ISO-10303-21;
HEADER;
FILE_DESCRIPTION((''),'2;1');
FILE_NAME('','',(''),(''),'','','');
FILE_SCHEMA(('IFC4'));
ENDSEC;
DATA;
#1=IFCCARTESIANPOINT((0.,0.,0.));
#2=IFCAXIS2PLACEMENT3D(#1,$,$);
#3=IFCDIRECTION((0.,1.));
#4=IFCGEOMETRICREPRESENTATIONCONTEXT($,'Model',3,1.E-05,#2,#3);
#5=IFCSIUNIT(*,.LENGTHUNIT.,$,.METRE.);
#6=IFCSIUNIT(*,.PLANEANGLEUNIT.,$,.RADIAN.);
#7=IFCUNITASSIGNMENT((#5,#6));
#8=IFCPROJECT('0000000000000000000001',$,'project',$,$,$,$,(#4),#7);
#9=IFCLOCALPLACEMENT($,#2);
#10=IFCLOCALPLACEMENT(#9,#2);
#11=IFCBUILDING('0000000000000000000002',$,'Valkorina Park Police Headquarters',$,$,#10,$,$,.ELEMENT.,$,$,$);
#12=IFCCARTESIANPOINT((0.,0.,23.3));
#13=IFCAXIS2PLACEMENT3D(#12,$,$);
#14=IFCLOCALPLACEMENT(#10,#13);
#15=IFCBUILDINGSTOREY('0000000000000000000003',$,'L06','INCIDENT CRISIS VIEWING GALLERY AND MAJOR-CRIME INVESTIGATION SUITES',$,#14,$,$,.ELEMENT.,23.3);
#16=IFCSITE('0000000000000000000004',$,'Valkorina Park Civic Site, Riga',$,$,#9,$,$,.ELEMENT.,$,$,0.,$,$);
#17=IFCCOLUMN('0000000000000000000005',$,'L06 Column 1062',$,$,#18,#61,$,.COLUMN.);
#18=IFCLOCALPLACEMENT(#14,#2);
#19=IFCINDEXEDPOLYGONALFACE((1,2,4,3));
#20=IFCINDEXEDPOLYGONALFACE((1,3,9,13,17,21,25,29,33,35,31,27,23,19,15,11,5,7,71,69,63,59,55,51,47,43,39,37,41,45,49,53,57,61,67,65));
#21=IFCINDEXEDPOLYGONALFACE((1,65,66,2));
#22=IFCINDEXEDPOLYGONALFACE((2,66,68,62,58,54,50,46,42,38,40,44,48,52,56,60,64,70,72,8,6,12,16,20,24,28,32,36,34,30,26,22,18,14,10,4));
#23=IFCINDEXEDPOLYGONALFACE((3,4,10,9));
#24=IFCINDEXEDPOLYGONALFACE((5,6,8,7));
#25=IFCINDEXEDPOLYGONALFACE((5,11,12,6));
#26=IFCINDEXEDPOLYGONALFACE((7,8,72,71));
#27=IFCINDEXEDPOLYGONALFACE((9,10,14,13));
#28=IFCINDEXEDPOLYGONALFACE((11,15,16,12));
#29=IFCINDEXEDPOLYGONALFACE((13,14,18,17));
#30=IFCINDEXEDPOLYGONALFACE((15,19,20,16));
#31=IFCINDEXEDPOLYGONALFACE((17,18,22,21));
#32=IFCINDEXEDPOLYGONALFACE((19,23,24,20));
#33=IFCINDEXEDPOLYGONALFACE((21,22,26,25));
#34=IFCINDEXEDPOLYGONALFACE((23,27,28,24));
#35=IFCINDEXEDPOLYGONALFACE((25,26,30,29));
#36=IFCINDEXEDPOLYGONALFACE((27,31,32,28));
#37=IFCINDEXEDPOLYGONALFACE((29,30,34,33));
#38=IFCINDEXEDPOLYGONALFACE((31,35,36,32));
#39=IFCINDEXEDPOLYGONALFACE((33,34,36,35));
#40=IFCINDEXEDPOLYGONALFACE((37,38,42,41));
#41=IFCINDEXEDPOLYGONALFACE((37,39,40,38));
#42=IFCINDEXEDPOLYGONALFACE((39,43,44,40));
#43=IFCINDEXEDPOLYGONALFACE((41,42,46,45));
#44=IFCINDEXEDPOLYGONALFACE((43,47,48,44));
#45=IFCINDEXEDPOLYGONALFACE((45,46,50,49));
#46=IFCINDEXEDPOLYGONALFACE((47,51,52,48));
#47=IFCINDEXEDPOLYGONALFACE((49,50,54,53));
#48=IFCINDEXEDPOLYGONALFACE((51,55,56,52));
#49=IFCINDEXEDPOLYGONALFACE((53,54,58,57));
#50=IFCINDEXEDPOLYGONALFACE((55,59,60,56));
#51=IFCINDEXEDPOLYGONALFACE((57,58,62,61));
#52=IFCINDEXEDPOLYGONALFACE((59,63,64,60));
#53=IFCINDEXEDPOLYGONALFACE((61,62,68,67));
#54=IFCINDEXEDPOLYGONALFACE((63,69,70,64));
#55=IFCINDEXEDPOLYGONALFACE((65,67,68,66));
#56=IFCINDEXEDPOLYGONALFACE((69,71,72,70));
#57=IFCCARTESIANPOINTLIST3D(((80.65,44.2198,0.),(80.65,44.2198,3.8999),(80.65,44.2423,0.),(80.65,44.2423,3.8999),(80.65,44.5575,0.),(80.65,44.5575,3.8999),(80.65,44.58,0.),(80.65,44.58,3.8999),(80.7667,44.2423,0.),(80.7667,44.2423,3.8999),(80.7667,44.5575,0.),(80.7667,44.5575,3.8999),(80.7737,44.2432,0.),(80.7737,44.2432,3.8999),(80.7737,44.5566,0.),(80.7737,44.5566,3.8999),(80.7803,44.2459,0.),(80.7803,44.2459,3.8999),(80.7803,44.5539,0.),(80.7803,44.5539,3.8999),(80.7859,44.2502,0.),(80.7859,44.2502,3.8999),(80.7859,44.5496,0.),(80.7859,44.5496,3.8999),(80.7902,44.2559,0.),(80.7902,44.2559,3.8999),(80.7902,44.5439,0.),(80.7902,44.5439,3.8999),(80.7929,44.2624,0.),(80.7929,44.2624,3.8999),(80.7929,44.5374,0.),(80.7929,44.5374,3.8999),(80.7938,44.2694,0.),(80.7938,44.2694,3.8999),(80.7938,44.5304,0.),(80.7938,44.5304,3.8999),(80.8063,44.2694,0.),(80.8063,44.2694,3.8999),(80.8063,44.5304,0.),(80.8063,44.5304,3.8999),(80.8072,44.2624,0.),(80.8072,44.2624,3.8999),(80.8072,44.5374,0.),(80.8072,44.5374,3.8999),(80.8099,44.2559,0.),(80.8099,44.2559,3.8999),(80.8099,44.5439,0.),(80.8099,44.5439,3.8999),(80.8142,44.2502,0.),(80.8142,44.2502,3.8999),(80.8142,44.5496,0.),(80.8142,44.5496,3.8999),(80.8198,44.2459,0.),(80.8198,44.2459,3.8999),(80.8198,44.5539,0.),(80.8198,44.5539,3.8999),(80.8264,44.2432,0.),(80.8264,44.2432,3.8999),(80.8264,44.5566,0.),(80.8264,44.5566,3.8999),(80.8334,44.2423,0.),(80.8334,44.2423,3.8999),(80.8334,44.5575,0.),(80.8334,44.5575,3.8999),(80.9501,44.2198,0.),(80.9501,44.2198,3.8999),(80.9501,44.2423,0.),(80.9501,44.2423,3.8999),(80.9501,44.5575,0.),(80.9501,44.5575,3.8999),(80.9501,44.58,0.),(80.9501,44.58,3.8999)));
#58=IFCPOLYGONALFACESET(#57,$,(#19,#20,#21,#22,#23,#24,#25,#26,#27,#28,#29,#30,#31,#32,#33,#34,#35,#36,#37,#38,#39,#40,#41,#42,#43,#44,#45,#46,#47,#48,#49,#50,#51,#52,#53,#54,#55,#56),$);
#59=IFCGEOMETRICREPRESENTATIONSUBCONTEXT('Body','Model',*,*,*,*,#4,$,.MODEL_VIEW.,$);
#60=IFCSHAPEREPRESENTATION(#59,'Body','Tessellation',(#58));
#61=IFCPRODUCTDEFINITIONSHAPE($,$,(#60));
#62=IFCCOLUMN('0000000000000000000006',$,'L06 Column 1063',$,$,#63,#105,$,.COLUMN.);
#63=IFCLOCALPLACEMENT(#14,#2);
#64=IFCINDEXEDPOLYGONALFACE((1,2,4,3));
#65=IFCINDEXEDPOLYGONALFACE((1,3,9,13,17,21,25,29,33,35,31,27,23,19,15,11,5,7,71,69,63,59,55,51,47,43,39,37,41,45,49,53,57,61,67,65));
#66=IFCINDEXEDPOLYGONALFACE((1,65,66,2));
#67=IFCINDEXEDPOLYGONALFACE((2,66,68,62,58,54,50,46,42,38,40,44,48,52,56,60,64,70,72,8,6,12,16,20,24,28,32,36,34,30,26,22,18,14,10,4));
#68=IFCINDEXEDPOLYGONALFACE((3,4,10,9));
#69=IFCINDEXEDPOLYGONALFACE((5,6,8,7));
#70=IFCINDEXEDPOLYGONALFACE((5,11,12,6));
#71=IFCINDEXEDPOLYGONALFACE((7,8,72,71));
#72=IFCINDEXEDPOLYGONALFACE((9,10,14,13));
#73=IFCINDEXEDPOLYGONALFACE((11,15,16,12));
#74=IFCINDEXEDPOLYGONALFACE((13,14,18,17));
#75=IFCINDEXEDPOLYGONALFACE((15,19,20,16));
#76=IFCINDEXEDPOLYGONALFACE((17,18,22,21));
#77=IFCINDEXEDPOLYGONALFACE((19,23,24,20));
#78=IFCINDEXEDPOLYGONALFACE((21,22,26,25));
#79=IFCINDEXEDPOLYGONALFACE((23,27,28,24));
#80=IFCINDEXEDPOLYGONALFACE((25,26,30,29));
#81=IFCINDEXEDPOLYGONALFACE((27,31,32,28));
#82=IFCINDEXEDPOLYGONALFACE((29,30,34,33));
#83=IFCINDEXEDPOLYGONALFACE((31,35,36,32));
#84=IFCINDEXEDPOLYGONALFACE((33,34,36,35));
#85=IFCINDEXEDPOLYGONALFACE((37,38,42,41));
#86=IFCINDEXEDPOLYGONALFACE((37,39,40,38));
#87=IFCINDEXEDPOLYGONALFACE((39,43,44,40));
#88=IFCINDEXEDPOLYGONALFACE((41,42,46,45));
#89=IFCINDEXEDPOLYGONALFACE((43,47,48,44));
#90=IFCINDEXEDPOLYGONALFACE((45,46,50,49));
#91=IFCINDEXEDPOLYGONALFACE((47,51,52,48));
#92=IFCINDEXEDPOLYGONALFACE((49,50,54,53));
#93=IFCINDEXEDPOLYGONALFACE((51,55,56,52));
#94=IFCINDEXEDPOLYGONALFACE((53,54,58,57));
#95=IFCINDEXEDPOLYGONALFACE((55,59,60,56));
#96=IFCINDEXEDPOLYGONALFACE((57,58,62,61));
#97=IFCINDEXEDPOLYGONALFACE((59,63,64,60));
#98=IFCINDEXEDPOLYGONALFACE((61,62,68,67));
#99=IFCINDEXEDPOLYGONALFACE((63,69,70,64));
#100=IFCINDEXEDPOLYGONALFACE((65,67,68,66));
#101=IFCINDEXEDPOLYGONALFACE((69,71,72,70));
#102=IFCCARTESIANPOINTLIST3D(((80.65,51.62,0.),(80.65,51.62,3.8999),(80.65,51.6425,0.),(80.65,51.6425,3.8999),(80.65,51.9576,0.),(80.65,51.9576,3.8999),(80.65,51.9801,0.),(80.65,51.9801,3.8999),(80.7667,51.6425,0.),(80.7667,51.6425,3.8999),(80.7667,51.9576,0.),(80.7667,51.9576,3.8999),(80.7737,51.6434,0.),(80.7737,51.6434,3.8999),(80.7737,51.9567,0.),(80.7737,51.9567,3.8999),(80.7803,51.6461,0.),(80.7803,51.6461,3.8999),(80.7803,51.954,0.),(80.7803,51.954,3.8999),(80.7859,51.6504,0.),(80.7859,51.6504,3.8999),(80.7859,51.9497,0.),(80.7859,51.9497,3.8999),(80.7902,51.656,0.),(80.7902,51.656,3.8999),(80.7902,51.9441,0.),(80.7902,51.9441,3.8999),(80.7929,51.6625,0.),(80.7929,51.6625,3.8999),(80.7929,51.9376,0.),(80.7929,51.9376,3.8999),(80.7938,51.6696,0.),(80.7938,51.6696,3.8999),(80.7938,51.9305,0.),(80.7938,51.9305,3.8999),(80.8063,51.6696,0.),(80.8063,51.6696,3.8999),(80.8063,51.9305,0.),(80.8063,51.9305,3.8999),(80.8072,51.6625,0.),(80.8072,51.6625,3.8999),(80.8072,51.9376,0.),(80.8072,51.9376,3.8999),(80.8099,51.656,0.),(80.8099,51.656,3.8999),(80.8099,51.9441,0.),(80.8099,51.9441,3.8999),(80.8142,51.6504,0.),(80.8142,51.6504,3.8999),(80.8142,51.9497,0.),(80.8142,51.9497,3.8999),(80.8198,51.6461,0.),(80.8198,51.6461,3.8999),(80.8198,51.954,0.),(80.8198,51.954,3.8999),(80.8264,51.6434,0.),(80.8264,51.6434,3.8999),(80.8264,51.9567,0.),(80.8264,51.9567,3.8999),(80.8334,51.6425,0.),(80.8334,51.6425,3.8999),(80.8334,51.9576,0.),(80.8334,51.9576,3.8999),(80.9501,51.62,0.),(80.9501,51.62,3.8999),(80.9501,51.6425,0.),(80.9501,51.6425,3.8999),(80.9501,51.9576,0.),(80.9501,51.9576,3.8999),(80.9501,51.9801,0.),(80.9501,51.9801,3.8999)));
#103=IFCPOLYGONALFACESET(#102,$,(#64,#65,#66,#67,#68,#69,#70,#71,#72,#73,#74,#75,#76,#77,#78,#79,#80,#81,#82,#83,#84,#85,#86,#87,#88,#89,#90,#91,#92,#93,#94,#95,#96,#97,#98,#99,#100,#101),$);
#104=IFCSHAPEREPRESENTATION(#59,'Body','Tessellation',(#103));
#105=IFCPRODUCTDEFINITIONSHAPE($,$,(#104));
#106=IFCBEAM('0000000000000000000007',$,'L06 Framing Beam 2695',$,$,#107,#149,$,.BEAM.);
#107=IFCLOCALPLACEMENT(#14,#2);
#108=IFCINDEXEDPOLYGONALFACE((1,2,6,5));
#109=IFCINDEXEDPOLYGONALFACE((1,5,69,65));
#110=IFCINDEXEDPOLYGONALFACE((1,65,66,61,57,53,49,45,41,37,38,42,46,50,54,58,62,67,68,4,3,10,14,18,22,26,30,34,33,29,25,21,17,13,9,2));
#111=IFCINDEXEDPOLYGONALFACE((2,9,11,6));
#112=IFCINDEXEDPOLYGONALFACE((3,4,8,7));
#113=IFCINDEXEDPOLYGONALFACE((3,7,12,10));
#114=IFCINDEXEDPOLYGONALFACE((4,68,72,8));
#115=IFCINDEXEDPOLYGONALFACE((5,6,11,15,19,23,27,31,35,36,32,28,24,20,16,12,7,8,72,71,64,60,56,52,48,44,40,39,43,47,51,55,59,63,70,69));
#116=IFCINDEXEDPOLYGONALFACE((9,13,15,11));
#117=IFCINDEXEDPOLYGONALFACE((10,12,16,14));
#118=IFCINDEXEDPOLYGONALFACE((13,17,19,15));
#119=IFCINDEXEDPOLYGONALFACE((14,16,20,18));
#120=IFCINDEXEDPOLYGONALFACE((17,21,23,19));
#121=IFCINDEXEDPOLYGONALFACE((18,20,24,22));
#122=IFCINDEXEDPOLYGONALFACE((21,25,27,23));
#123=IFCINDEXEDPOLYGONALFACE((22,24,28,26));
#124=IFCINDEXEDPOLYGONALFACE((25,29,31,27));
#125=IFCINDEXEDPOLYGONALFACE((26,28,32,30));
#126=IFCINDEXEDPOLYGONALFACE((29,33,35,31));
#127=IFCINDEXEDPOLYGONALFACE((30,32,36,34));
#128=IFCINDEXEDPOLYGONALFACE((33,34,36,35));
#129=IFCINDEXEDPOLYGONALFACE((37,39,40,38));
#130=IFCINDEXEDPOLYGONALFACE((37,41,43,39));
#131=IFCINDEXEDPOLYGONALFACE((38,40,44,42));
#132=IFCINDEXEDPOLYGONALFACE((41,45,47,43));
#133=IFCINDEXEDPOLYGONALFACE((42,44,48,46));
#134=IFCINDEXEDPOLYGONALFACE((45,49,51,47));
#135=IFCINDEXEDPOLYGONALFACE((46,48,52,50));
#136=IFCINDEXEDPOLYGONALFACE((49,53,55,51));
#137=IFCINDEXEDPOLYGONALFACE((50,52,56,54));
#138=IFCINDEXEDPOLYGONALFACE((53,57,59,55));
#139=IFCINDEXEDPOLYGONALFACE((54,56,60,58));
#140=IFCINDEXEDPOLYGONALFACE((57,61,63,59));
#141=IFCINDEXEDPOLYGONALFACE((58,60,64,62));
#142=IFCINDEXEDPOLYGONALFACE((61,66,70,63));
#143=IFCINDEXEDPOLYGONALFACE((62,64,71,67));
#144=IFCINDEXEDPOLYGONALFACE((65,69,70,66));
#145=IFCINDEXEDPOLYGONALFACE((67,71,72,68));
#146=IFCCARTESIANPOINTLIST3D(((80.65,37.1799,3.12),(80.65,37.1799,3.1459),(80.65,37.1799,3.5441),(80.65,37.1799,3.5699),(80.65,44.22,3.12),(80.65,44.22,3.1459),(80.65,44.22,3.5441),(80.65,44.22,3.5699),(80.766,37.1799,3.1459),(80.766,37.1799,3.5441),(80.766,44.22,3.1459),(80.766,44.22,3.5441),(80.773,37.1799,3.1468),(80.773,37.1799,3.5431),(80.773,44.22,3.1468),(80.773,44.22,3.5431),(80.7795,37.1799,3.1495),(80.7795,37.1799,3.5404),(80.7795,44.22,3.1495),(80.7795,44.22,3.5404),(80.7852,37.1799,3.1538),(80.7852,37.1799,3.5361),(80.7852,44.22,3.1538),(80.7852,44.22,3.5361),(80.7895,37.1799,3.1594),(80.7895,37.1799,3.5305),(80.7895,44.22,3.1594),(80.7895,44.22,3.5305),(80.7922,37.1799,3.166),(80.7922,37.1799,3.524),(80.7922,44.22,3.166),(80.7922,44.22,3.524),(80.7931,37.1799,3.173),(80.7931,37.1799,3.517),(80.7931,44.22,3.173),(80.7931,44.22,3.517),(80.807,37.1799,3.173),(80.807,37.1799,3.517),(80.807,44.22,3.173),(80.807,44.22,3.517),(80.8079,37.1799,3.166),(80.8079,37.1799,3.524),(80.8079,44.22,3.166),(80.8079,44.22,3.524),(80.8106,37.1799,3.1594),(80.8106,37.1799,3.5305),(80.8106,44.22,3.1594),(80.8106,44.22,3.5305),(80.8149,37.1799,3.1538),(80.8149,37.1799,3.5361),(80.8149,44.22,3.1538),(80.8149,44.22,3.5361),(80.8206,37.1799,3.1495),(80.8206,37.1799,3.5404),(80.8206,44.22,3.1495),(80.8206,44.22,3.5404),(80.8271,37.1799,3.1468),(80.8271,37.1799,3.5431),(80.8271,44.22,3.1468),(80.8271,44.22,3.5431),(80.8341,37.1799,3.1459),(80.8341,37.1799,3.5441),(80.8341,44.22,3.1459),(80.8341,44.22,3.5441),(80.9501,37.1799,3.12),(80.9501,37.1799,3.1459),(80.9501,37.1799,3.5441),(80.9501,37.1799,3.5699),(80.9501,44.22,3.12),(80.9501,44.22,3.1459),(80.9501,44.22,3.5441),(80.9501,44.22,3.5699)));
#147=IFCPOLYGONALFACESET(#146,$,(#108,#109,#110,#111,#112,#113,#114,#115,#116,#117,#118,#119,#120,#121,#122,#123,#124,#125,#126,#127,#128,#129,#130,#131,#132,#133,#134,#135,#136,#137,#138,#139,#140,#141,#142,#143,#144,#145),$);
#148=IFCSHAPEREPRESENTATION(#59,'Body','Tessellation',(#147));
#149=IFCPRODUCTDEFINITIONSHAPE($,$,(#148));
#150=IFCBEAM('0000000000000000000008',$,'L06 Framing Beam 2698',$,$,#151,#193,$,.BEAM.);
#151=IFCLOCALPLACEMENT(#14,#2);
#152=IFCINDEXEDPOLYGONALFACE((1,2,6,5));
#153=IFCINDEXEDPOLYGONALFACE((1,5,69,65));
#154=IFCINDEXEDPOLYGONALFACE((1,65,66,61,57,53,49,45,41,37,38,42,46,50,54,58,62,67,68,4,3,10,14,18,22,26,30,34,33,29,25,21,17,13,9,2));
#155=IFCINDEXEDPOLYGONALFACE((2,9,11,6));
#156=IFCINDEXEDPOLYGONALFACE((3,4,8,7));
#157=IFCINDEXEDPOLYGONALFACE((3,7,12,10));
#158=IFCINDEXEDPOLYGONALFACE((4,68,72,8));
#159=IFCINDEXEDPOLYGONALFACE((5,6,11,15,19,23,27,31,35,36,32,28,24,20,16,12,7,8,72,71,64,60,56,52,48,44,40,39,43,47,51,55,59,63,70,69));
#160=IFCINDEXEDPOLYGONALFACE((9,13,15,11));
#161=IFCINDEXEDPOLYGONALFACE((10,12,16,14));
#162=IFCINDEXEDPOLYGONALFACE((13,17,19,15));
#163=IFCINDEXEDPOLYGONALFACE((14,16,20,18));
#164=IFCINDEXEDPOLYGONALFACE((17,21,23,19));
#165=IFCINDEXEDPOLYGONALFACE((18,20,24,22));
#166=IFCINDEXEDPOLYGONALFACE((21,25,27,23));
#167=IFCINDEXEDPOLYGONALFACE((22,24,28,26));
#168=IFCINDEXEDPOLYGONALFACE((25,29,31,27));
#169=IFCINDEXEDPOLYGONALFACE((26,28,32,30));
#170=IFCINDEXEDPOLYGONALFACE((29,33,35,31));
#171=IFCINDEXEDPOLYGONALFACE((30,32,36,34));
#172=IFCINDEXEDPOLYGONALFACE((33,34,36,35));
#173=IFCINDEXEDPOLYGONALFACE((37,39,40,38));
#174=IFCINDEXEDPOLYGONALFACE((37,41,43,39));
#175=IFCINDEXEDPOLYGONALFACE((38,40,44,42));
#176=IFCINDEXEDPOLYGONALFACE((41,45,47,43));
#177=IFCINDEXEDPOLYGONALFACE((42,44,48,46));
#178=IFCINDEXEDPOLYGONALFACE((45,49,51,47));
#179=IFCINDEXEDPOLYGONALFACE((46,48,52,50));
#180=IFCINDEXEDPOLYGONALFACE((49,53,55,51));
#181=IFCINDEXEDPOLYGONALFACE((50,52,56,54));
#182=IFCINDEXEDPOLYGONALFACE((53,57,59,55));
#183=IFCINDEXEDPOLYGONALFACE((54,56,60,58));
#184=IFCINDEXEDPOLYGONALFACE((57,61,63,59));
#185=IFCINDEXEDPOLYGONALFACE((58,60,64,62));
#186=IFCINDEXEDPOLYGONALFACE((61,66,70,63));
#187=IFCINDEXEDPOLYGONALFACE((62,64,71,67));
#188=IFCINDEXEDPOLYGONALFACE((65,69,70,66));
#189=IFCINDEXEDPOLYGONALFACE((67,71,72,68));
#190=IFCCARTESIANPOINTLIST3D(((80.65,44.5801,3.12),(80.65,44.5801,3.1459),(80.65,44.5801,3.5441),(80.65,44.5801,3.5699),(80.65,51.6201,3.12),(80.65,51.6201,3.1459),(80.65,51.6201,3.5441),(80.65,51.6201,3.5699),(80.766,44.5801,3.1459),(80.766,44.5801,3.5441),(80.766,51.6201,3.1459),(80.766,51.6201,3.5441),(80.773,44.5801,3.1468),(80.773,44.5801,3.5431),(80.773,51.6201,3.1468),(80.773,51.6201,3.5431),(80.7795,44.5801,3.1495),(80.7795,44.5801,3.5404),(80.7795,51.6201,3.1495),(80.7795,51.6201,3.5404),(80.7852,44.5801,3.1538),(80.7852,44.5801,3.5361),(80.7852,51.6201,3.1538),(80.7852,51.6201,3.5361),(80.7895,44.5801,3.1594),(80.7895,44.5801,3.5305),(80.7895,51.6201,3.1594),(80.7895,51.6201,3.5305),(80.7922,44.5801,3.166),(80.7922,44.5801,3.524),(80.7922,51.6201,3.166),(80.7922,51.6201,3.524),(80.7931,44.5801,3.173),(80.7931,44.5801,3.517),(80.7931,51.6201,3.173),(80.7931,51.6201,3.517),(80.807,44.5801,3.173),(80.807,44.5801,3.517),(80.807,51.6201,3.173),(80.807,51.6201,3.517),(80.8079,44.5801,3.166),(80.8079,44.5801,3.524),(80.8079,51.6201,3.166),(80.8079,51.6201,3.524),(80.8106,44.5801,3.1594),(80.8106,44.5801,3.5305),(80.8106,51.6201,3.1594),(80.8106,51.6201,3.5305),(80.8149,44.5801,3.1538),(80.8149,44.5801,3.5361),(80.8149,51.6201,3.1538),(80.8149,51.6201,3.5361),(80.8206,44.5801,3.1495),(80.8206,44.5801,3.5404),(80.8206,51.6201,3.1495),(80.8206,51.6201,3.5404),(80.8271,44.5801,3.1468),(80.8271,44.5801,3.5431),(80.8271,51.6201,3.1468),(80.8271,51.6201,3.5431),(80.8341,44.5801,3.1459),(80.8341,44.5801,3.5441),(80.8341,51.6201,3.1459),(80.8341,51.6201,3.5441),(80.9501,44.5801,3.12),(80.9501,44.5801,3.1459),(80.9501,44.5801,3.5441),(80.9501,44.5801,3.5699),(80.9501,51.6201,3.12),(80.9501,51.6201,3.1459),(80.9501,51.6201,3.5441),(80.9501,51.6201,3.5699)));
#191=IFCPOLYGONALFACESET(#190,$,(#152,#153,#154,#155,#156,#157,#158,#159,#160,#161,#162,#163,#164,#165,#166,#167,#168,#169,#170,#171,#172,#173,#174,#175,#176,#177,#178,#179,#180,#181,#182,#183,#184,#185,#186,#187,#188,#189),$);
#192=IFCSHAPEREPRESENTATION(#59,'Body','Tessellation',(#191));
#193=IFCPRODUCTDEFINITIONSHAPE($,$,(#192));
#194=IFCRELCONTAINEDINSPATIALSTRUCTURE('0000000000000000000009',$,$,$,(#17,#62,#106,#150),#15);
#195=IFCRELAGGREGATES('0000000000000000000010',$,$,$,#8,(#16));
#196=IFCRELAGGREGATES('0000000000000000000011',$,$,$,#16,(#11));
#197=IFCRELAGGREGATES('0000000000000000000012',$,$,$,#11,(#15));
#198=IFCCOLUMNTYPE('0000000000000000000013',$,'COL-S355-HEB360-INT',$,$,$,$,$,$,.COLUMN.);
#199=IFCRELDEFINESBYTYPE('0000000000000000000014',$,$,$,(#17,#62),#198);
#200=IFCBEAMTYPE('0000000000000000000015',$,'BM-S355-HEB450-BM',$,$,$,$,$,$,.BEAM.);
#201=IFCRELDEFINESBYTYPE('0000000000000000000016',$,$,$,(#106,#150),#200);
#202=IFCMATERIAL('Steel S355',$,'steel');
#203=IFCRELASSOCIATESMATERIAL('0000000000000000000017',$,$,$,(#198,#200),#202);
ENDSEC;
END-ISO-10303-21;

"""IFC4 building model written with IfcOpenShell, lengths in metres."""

from ifc_helpers import new_model, si_unit, direction, frame, origin, origin_2d, place, context, subcontext, project, spatial, i_section, extrude, material, material_profile, profile_set, type_object, element, save


model = new_model("IFC4")

# Units and contexts
model_context = context("Model", 3, precision=1e-05, world=origin(), true_north=direction((0.0, 1.0)))
body_context = subcontext(model_context, "Body", "Model", "MODEL_VIEW")
ifc_project = project(units=[si_unit("LENGTHUNIT", "METRE"), si_unit("PLANEANGLEUNIT", "RADIAN")], contexts=[model_context])

# Site, building, storey
site_placement = place(None, origin())
site = spatial("IfcSite", under=ifc_project, at=site_placement, Name="Valkorina Park Civic Site, Riga", CompositionType="ELEMENT", RefElevation=0.0)
building_placement = place(site_placement, origin())
building = spatial("IfcBuilding", under=site, at=building_placement, Name="Valkorina Park Police Headquarters", CompositionType="ELEMENT")
storey_placement = place(building_placement, frame((0.0, 0.0, 23.3)))
storey = spatial("IfcBuildingStorey", under=building, at=storey_placement, Name="L06", Description="INCIDENT CRISIS VIEWING GALLERY AND MAJOR-CRIME INVESTIGATION SUITES", CompositionType="ELEMENT", Elevation=23.3)

# Columns
ifc_material_1 = material(Name="Steel S355", Category="steel")
ifc_material_profile_1 = material_profile(ifc_material_1, i_section(OverallWidth=0.3, OverallDepth=0.3601, WebThickness=0.0125, FlangeThickness=0.0225, FilletRadius=0.0271, at=origin_2d()), Name="HEB 360")
ifc_profile_set_1 = profile_set([ifc_material_profile_1], Name="Steel S355")
column_type = type_object("IfcColumnType", Name="COL-S355-HEB360-INT", PredefinedType="COLUMN", material=ifc_profile_set_1)
for number, where, z_axis, x_axis, name in (
    (1, (80.8, 44.3999, 0.0), (0.0, 0.0, 1.0), (1.0, 0.0, 0.0), "L06 Column 1062"),
    (2, (80.8, 51.8, 0.0), (0.0, 0.0, 1.0), (1.0, 0.0, 0.0), "L06 Column 1063"),
):
    element("IfcColumn", number, at=place(storey_placement, frame(where, z_axis=z_axis, x_axis=x_axis)), inside=storey, type_object=column_type, Name=name, PredefinedType="COLUMN", context=body_context, shape_type="SweptSolid", body=[
        extrude(i_section(OverallWidth=0.3, OverallDepth=0.3601, WebThickness=0.0125, FlangeThickness=0.0225, FilletRadius=0.0271, at=origin_2d()), origin(), (0.0, 0.0, 1.0), 3.8999),
    ])

# Beams
ifc_material_profile_2 = material_profile(ifc_material_1, i_section(OverallWidth=0.3, OverallDepth=0.45, WebThickness=0.0139, FlangeThickness=0.0259, FilletRadius=0.0271, at=origin_2d()), Name="HEB 450")
ifc_profile_set_2 = profile_set([ifc_material_profile_2], Name="Steel S355")
beam_type_1 = type_object("IfcBeamType", Name="BM-S355-HEB450-BM", PredefinedType="BEAM", material=ifc_profile_set_2)
for number, where, z_axis, x_axis, name in (
    (3, (80.8, 37.1799, 3.345), (0.0, 1.0, 0.0), (-1.0, 0.0, 0.0), "L06 Framing Beam 2695"),
    (4, (80.8, 44.5801, 3.345), (0.0, 1.0, 0.0), (-1.0, 0.0, 0.0), "L06 Framing Beam 2698"),
):
    element("IfcBeam", number, at=place(storey_placement, frame(where, z_axis=z_axis, x_axis=x_axis)), inside=storey, type_object=beam_type_1, Name=name, PredefinedType="BEAM", context=body_context, shape_type="SweptSolid", body=[
        extrude(i_section(OverallWidth=0.3, OverallDepth=0.45, WebThickness=0.0139, FlangeThickness=0.0259, FilletRadius=0.0271, at=origin_2d()), origin(), (0.0, 0.0, 1.0), 7.04),
    ])

save(model, "model.ifc")
